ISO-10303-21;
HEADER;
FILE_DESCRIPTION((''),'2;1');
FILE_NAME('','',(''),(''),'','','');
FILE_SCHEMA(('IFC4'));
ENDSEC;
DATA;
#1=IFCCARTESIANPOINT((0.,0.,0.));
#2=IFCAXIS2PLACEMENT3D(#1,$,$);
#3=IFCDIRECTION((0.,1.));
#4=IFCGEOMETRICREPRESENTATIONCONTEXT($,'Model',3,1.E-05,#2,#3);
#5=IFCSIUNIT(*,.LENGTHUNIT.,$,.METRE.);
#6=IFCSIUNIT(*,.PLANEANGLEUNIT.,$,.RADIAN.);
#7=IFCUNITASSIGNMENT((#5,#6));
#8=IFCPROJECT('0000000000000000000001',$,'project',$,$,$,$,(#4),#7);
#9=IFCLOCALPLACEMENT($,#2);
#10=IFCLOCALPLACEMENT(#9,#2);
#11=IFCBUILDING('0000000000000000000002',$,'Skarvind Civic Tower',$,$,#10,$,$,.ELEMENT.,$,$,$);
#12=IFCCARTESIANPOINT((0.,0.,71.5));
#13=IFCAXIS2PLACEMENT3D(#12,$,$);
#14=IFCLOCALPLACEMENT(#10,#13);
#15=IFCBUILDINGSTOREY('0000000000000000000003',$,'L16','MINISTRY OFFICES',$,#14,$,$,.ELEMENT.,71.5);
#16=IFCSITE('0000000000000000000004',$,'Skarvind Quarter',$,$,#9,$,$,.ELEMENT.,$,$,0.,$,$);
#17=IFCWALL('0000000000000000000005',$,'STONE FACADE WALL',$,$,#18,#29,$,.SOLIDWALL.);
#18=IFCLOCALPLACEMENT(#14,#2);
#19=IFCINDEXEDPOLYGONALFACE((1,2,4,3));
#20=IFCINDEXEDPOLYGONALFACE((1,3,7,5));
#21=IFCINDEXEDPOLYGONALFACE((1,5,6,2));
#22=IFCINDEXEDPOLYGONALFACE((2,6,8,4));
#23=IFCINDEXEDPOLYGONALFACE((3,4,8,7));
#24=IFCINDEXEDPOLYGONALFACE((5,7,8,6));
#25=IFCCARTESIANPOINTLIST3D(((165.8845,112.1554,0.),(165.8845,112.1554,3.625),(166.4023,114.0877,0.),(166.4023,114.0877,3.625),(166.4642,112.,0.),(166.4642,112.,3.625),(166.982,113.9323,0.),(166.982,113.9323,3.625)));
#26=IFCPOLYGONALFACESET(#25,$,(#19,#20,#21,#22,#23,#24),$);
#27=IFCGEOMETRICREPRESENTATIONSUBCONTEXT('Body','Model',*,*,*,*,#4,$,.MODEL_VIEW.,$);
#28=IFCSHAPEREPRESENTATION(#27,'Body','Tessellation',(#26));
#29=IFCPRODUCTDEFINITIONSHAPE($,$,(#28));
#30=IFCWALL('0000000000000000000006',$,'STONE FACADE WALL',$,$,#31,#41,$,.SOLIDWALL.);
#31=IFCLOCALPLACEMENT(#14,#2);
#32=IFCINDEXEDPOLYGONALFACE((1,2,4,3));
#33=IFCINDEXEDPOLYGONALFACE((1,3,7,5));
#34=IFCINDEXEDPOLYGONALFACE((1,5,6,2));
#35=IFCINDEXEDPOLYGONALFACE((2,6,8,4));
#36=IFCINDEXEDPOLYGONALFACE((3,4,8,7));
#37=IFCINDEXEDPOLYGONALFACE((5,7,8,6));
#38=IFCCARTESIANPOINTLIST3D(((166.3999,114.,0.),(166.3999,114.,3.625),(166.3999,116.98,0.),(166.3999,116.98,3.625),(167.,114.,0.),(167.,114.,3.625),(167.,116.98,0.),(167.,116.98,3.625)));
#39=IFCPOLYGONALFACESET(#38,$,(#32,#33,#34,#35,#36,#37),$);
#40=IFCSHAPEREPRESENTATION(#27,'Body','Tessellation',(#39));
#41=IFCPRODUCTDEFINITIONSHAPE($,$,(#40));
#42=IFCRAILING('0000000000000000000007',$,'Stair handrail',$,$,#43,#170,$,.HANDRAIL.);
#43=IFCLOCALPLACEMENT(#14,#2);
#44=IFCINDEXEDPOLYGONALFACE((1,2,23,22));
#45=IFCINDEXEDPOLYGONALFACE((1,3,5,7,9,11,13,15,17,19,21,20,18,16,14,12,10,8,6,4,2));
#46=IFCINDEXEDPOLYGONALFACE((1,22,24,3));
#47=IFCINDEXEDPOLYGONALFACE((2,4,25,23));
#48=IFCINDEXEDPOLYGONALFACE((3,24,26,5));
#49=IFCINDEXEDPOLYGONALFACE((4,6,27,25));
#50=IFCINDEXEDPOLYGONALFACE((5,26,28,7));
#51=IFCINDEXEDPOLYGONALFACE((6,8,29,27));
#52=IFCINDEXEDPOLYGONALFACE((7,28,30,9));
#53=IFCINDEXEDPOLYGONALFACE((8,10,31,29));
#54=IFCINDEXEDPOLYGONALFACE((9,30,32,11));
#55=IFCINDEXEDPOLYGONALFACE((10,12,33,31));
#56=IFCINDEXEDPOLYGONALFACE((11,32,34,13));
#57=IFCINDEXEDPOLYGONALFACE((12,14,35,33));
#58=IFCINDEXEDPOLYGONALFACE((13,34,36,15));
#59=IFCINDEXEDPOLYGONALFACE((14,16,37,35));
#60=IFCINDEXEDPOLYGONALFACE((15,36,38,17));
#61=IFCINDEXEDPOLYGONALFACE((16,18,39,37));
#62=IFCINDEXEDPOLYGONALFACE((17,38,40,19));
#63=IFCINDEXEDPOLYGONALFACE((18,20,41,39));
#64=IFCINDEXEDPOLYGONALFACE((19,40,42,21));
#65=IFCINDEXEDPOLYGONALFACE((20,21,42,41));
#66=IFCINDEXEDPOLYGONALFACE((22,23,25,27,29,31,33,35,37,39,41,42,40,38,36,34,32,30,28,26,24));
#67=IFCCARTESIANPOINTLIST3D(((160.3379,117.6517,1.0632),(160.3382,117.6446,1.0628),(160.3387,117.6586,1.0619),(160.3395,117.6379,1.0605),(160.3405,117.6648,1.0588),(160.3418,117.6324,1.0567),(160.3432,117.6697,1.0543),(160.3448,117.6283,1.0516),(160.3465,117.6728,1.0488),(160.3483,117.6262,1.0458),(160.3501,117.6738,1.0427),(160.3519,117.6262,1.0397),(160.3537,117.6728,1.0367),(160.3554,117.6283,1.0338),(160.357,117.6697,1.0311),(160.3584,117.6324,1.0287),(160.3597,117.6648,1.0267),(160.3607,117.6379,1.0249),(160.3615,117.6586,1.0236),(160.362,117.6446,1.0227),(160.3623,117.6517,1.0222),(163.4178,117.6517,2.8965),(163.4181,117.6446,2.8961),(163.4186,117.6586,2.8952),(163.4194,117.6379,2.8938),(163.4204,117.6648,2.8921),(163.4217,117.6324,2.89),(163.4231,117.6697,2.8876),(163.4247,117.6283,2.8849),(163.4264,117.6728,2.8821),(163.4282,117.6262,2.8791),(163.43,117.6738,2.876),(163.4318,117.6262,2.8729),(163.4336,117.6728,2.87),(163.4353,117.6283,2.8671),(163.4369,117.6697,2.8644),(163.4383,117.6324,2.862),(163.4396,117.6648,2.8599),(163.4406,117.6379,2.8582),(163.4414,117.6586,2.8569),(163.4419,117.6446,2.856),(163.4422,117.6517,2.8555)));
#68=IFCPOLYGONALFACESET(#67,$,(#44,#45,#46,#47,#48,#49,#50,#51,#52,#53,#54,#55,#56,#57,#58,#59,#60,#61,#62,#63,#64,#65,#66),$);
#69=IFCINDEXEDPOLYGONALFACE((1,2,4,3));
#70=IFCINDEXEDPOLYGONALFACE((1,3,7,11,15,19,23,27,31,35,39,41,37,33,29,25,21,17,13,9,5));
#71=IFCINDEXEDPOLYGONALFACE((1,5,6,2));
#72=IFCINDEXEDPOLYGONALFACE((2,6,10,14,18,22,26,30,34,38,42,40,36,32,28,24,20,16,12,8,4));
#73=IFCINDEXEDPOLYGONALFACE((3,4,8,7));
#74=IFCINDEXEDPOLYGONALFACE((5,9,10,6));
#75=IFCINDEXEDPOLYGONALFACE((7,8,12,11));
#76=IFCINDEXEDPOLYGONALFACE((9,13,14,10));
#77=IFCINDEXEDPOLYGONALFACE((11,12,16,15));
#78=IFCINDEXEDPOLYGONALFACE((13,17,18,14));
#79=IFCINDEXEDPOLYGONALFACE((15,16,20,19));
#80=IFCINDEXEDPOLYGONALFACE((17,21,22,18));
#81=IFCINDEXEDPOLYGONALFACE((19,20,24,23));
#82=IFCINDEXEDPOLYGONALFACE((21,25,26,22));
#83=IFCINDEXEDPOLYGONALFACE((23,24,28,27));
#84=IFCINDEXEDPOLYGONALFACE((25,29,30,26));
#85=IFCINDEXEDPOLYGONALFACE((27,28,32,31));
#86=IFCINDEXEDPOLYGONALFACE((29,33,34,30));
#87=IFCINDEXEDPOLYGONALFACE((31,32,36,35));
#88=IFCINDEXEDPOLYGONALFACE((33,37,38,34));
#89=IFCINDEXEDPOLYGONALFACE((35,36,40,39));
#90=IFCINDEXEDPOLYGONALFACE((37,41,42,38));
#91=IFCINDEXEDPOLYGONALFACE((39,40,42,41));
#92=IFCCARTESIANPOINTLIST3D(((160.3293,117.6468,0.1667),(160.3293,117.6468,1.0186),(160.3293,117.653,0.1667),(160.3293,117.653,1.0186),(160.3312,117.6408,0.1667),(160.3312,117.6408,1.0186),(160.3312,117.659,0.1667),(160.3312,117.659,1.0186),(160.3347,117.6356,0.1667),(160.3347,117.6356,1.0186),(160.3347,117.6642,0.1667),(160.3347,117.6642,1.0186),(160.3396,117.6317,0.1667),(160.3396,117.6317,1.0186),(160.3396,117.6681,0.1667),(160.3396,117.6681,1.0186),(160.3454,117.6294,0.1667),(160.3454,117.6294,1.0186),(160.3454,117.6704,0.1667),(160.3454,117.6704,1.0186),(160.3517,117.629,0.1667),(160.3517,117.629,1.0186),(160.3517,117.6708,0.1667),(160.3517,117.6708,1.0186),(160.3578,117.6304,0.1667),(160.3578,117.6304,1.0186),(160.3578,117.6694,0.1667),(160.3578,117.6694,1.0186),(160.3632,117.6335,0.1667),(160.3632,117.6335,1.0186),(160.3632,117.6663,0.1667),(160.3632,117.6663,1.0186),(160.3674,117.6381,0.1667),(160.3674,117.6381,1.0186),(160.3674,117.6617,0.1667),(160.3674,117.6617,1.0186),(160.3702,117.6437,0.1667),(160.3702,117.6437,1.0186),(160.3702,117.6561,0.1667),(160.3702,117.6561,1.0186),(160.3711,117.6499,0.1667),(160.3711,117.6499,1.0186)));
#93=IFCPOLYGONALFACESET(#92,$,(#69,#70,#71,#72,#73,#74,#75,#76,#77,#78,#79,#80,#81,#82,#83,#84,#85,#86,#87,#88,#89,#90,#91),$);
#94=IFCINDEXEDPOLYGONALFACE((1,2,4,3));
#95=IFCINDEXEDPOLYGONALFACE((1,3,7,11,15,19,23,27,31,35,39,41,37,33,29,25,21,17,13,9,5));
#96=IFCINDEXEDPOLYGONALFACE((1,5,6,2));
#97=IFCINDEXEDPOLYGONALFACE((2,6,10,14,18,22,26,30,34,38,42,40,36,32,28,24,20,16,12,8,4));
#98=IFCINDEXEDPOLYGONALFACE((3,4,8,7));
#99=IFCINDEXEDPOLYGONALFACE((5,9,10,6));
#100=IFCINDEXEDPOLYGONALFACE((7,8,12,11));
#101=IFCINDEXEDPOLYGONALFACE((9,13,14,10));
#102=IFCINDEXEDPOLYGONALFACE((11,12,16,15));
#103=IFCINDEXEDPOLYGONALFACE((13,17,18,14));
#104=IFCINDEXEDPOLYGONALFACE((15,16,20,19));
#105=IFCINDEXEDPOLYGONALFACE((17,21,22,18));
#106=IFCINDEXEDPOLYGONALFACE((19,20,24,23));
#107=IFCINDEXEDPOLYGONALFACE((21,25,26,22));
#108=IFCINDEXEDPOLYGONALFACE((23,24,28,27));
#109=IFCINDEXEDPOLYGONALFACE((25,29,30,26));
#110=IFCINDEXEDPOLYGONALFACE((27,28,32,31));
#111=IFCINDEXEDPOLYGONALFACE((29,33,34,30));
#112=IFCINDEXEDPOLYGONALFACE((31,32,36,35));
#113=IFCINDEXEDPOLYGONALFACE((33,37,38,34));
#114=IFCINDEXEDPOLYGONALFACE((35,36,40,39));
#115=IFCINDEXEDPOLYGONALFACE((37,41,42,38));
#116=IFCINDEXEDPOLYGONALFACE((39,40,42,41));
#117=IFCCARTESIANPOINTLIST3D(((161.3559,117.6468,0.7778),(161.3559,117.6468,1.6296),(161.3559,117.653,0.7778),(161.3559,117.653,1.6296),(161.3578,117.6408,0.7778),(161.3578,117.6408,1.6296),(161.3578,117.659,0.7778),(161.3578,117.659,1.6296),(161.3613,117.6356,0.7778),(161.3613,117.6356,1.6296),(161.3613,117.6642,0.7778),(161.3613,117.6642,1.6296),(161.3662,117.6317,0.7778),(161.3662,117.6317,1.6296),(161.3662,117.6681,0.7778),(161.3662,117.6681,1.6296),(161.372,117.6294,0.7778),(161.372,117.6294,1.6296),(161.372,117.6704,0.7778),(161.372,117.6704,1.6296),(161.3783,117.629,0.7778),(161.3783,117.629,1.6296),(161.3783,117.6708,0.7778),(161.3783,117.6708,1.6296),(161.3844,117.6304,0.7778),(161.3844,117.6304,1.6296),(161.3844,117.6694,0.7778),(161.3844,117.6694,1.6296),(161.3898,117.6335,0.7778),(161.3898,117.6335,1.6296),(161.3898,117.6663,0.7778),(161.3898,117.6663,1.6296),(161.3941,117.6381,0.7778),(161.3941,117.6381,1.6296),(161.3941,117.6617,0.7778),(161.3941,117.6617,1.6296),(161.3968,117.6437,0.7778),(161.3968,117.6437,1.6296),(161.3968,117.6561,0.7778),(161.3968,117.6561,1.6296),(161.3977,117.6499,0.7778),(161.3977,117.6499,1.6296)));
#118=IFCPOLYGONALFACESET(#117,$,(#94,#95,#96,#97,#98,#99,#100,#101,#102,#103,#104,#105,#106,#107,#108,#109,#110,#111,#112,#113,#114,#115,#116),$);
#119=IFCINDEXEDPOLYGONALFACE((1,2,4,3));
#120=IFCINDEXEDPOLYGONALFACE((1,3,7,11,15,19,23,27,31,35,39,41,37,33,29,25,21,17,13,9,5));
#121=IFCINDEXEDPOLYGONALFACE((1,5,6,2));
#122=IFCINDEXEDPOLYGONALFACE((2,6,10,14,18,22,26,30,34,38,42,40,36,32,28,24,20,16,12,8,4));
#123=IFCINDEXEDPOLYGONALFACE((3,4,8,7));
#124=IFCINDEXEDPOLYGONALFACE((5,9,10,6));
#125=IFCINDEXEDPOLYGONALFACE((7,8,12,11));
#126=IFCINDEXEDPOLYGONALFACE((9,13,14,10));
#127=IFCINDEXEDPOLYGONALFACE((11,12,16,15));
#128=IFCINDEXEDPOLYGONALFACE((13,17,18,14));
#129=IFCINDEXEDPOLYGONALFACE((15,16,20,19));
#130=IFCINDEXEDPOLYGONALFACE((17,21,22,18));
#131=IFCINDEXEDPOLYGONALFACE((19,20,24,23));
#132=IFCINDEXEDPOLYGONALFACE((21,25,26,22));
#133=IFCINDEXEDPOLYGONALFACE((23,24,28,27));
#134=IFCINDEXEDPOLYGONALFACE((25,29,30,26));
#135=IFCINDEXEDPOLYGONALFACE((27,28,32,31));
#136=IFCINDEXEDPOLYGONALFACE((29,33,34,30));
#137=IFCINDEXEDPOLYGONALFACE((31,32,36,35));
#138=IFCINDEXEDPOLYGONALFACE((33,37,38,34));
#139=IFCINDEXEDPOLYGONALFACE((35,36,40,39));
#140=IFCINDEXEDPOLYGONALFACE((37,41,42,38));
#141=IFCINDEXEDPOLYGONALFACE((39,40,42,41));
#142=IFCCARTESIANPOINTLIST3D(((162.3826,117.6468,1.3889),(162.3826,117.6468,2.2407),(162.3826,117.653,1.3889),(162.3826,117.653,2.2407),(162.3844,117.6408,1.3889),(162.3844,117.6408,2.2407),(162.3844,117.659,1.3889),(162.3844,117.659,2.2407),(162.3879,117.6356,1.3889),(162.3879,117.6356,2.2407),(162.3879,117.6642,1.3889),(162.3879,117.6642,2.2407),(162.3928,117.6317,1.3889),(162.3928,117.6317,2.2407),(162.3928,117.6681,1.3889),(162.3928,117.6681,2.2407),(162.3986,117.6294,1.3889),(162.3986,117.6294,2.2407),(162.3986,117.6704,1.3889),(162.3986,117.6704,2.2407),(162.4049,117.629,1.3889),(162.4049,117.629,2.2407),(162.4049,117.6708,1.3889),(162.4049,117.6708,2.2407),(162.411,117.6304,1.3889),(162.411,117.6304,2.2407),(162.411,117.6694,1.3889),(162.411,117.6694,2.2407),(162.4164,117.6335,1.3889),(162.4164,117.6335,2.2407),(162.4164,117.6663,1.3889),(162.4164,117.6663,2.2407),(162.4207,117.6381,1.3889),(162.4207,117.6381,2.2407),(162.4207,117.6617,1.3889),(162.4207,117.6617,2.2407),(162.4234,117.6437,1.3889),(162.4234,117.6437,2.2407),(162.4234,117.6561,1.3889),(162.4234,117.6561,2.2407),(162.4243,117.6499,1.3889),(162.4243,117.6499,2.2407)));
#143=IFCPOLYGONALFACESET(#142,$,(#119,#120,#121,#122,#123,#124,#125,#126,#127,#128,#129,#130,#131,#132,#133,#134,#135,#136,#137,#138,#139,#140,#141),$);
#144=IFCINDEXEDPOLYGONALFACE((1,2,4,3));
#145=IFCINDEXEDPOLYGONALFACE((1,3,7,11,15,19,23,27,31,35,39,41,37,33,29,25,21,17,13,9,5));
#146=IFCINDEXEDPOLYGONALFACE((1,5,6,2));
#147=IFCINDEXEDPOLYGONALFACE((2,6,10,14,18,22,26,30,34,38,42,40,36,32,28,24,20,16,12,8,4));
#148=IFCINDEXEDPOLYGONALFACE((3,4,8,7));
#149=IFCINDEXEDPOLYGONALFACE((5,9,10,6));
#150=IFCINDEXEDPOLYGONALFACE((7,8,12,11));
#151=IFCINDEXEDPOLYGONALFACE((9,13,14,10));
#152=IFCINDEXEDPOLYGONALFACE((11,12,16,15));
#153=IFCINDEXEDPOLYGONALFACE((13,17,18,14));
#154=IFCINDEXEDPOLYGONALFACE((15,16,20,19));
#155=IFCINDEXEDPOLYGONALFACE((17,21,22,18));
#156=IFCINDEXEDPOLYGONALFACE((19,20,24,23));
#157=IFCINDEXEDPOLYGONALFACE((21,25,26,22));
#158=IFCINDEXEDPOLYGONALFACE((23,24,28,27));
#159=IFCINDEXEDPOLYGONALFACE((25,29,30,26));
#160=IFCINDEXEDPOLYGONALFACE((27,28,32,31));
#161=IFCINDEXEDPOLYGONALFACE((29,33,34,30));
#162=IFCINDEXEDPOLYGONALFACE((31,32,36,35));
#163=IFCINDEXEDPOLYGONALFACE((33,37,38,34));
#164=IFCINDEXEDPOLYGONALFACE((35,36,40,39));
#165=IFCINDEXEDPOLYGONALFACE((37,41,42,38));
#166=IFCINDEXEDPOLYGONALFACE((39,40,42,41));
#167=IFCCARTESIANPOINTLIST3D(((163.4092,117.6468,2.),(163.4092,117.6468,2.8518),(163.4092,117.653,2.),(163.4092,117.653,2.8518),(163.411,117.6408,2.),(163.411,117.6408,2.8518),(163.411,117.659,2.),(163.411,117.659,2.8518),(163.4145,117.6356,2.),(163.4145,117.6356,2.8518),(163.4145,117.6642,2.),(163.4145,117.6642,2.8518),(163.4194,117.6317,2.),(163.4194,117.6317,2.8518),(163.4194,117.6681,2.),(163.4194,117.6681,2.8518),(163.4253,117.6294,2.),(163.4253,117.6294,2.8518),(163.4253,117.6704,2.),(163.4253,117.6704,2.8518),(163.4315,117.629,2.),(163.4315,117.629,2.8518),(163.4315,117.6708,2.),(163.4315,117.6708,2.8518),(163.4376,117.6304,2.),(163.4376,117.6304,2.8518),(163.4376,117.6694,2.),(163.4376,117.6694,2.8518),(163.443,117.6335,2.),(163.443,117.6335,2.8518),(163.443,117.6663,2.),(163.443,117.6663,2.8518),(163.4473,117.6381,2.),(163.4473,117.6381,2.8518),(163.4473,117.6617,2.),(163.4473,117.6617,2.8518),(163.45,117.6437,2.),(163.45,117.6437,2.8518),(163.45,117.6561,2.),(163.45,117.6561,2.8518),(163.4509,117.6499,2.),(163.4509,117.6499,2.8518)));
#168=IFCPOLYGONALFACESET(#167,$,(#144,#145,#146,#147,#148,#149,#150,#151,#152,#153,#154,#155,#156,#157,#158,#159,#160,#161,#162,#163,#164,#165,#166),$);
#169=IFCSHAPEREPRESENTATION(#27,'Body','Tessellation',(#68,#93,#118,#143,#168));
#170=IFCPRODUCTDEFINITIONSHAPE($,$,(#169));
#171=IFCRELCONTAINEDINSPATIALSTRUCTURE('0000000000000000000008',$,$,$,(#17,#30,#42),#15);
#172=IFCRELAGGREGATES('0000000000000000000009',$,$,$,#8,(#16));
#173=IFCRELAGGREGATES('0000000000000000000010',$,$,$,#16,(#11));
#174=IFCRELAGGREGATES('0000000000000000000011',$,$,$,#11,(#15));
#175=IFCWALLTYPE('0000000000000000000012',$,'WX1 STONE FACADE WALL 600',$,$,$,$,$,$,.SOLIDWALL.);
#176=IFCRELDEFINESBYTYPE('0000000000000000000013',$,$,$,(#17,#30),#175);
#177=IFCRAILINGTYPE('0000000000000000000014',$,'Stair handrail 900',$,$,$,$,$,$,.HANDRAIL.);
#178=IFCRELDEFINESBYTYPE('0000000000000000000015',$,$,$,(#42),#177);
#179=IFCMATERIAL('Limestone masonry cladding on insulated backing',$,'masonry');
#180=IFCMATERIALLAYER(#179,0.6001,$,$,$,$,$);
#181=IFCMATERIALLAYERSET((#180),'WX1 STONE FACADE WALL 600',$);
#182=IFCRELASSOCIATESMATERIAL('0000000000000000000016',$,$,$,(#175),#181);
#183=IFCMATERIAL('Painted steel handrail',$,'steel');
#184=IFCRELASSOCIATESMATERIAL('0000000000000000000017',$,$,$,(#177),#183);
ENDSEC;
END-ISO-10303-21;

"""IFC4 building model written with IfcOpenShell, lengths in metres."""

from ifc_helpers import new_model, si_unit, direction, frame, frame_2d, origin, origin_2d, place, context, subcontext, project, spatial, rectangle, circle, extrude, material, layer, layer_set, type_object, element, save


model = new_model("IFC4")

# Units and contexts
model_context = context("Model", 3, precision=1e-05, world=origin(), true_north=direction((0.0, 1.0)))
body_context = subcontext(model_context, "Body", "Model", "MODEL_VIEW")
ifc_project = project(units=[si_unit("LENGTHUNIT", "METRE"), si_unit("PLANEANGLEUNIT", "RADIAN")], contexts=[model_context])

# Site, building, storey
site_placement = place(None, origin())
site = spatial("IfcSite", under=ifc_project, at=site_placement, Name="Skarvind Quarter", CompositionType="ELEMENT", RefElevation=0.0)
building_placement = place(site_placement, origin())
building = spatial("IfcBuilding", under=site, at=building_placement, Name="Skarvind Civic Tower", CompositionType="ELEMENT")
storey_placement = place(building_placement, frame((0.0, 0.0, 71.5)))
storey = spatial("IfcBuildingStorey", under=building, at=storey_placement, Name="L16", Description="MINISTRY OFFICES", CompositionType="ELEMENT", Elevation=71.5)

# Shared definitions
ifc_material_1 = material(Name="Limestone masonry cladding on insulated backing", Category="masonry")
ifc_layer_1 = layer(ifc_material_1, 0.6001)
ifc_layer_set_1 = layer_set([ifc_layer_1], Name="WX1 STONE FACADE WALL 600")
wall_type_1 = type_object("IfcWallType", Name="WX1 STONE FACADE WALL 600", PredefinedType="SOLIDWALL", material=ifc_layer_set_1)

# Walls
wall_1_placement = place(storey_placement, frame((166.6921, 114.01, 0.0), z_axis=(0.0, 0.0, 1.0), x_axis=(-0.25884, -0.96592, 0.0)))
element("IfcWall", 1, at=wall_1_placement, inside=storey, type_object=wall_type_1, Name="STONE FACADE WALL", PredefinedType="SOLIDWALL", context=body_context, shape_type="SweptSolid", body=[
    extrude(rectangle(XDim=2.0005, YDim=0.6001, at=frame_2d((1.0002, 0.0))), origin(), (0.0, 0.0, 1.0), 3.625),
])
wall_2_placement = place(storey_placement, frame((166.7, 116.98, 0.0), z_axis=(0.0, 0.0, 1.0), x_axis=(0.0, -1.0, 0.0)))
element("IfcWall", 2, at=wall_2_placement, inside=storey, type_object=wall_type_1, Name="STONE FACADE WALL", PredefinedType="SOLIDWALL", context=body_context, shape_type="SweptSolid", body=[
    extrude(rectangle(XDim=2.98, YDim=0.6001, at=frame_2d((1.49, 0.0))), origin(), (0.0, 0.0, 1.0), 3.625),
])

# Railing
ifc_material_2 = material(Name="Painted steel handrail", Category="steel")
railing_type = type_object("IfcRailingType", Name="Stair handrail 900", PredefinedType="HANDRAIL", material=ifc_material_2)
railing_placement = place(storey_placement, frame((160.3501, 117.6499, 0.1667)))
element("IfcRailing", 3, at=railing_placement, inside=storey, type_object=railing_type, Name="Stair handrail", PredefinedType="HANDRAIL", context=body_context, shape_type="SweptSolid", body=[
    extrude(circle(Radius=0.0239, at=origin_2d()), frame((0.0, 0.0, 0.876), z_axis=(0.859291, 0.0, 0.511487), x_axis=(0.0, 1.0, 0.0)), (0.0, 0.0, 1.0), 3.5842),
    extrude(circle(Radius=0.021, at=origin_2d()), origin(), (0.0, 0.0, 1.0), 0.8518),
    extrude(circle(Radius=0.021, at=origin_2d()), frame((1.0266, 0.0, 0.6111)), (0.0, 0.0, 1.0), 0.8518),
    extrude(circle(Radius=0.021, at=origin_2d()), frame((2.0532, 0.0, 1.2222)), (0.0, 0.0, 1.0), 0.8518),
    extrude(circle(Radius=0.021, at=origin_2d()), frame((3.0798, 0.0, 1.8333)), (0.0, 0.0, 1.0), 0.8518),
])

save(model, "model.ifc")
